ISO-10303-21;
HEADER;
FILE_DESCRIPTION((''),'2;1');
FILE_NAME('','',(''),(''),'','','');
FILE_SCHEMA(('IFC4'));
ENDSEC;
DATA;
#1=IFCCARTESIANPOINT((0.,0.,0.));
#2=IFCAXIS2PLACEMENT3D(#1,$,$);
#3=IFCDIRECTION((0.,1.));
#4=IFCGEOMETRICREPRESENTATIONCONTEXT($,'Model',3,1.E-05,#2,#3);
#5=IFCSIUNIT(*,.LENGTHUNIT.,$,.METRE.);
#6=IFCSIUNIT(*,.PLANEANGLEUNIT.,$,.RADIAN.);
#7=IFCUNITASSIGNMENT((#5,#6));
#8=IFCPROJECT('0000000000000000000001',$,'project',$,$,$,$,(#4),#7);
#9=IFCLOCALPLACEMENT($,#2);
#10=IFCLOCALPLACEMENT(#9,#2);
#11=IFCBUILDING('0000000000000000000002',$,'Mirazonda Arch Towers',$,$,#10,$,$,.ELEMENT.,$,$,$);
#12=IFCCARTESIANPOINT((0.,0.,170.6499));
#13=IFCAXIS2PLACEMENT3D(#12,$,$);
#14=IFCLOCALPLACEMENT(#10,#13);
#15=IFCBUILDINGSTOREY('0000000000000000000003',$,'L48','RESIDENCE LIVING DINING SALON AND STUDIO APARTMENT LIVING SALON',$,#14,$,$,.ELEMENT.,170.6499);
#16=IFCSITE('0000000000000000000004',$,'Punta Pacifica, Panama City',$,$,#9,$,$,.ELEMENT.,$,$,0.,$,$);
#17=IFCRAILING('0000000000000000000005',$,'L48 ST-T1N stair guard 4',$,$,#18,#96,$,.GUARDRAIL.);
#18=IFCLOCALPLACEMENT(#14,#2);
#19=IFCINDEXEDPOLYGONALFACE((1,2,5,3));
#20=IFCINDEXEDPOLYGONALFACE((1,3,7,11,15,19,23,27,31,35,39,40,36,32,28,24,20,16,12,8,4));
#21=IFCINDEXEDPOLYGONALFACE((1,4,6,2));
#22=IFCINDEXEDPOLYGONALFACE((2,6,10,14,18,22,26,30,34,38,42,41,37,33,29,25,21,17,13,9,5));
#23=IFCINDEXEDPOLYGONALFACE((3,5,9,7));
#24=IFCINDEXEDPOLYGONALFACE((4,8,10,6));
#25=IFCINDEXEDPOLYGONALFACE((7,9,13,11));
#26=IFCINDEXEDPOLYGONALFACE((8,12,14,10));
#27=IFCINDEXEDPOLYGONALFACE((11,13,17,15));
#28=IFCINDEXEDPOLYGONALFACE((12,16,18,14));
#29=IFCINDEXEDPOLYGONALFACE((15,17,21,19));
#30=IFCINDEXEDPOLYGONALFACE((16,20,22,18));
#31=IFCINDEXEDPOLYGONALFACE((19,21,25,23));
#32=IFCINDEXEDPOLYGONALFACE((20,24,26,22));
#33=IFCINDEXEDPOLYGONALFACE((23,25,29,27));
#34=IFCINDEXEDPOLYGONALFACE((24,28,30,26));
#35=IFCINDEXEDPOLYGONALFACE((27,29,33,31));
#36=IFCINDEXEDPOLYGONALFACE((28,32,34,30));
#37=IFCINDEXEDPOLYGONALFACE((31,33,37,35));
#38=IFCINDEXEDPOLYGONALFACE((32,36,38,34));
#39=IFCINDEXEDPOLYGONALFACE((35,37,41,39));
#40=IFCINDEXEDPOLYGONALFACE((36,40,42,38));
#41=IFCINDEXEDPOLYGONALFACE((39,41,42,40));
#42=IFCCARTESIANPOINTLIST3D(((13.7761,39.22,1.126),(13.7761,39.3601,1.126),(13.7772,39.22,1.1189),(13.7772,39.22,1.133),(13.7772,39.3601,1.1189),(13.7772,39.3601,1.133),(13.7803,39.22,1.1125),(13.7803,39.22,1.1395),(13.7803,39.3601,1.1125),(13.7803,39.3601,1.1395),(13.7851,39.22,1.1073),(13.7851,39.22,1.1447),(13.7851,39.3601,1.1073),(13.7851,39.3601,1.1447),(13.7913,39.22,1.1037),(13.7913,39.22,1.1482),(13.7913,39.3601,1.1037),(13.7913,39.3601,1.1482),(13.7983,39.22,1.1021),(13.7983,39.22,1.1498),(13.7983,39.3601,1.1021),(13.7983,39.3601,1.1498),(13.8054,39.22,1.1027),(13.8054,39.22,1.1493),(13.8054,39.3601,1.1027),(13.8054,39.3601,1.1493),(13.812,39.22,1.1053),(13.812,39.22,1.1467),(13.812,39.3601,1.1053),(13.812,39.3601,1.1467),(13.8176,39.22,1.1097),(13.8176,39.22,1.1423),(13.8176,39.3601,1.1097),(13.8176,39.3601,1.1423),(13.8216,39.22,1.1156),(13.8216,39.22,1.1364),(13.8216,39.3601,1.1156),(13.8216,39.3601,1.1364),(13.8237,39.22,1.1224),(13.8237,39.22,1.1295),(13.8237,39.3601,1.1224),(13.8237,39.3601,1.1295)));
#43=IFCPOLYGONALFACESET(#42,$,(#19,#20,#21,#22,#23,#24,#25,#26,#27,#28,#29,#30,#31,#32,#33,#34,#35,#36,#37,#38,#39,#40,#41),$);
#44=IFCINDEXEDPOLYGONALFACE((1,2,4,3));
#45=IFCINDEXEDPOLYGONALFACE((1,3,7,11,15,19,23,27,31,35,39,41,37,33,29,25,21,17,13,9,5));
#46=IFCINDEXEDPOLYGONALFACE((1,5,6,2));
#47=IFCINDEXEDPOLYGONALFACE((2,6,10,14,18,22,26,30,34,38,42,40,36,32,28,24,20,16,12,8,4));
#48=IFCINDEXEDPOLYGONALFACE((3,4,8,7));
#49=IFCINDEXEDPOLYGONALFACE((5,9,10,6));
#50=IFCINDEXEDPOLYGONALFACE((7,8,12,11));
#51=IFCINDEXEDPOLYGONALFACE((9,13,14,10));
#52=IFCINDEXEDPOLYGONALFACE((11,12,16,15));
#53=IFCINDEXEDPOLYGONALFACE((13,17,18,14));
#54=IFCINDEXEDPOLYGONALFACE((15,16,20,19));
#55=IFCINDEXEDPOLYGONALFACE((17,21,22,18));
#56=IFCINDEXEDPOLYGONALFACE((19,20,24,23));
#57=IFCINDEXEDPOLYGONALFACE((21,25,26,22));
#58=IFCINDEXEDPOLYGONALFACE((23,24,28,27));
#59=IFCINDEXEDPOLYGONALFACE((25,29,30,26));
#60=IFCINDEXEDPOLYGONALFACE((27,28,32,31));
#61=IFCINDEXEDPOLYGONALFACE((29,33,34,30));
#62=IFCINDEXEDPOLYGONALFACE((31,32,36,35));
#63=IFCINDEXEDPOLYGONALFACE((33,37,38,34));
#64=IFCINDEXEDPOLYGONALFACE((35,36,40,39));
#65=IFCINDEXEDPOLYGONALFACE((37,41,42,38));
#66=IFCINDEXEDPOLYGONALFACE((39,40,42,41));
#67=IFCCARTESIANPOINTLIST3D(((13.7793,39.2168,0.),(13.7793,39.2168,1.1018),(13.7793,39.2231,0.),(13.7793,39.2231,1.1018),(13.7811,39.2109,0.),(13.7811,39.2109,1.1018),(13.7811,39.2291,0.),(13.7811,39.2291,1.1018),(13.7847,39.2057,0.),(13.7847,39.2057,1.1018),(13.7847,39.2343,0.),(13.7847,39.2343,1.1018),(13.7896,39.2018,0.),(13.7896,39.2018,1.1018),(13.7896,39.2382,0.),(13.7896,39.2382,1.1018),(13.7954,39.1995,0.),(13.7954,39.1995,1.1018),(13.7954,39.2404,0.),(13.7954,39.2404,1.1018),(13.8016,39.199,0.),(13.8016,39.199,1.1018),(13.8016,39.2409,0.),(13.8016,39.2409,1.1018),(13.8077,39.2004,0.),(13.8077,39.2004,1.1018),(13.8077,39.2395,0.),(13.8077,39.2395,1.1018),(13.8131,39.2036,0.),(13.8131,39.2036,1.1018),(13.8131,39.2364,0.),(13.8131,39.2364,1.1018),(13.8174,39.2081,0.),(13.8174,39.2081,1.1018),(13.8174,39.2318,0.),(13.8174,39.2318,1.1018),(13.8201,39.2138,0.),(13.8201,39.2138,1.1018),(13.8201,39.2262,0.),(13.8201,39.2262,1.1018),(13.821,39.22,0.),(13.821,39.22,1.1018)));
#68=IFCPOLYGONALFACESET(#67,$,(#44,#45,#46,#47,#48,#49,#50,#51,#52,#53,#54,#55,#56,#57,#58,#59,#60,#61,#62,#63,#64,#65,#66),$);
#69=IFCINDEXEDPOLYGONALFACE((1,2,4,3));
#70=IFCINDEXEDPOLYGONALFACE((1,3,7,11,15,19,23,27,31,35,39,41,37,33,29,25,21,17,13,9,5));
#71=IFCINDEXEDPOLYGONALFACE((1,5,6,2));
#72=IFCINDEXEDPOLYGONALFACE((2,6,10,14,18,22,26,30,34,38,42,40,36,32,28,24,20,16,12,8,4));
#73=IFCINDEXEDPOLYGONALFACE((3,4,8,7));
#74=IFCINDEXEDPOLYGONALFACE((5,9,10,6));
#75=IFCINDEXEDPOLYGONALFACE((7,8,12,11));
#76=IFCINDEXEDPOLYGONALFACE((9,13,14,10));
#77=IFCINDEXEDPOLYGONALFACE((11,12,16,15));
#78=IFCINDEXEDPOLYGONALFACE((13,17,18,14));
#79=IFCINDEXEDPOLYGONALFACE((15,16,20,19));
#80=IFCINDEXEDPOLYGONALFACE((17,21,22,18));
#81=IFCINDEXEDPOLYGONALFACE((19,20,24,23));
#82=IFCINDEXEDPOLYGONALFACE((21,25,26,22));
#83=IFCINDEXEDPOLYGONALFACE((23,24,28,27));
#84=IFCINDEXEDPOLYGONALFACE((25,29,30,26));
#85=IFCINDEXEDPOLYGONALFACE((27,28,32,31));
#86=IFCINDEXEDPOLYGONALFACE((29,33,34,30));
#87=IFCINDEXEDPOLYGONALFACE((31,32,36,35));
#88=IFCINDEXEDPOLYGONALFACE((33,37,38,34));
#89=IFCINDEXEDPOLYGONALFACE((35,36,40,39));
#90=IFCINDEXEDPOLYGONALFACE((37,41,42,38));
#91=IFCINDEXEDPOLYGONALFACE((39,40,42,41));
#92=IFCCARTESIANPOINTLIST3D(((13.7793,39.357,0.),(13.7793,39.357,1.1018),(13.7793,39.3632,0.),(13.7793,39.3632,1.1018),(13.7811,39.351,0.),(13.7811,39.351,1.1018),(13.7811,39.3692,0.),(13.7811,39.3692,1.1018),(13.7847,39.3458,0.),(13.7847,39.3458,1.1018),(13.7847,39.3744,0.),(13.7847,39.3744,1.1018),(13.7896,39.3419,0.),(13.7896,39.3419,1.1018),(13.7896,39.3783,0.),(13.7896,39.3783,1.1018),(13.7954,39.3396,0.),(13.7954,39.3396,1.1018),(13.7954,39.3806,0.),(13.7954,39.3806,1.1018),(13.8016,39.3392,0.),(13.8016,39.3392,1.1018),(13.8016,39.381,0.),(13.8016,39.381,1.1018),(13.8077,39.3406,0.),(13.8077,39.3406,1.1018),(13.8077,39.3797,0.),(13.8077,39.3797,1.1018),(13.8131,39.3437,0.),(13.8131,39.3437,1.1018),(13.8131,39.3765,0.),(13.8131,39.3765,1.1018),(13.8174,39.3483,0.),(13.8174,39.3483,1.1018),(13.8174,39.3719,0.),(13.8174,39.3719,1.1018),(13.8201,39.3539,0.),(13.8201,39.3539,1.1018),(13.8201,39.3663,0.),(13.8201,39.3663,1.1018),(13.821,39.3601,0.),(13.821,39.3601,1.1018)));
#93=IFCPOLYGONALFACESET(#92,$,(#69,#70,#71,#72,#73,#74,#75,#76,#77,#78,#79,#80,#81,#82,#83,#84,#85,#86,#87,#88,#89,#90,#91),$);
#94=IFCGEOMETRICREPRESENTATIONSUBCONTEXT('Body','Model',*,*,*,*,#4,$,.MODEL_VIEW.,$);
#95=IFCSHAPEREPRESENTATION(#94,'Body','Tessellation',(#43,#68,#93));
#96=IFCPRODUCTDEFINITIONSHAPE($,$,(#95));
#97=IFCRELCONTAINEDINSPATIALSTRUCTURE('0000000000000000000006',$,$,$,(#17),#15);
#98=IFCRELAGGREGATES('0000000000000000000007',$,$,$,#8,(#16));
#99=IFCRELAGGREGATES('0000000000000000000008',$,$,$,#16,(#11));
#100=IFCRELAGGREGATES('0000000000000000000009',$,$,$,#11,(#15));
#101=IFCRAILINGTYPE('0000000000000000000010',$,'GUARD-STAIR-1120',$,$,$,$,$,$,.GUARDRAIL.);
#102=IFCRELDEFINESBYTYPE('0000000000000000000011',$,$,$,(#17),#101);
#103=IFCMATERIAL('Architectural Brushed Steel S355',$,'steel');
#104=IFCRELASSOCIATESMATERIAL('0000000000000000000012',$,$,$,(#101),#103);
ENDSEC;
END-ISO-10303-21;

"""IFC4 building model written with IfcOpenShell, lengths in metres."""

from ifc_helpers import new_model, si_unit, direction, frame, origin, origin_2d, place, context, subcontext, project, spatial, circle, extrude, material, type_object, element, save


model = new_model("IFC4")

# Units and contexts
model_context = context("Model", 3, precision=1e-05, world=origin(), true_north=direction((0.0, 1.0)))
body_context = subcontext(model_context, "Body", "Model", "MODEL_VIEW")
ifc_project = project(units=[si_unit("LENGTHUNIT", "METRE"), si_unit("PLANEANGLEUNIT", "RADIAN")], contexts=[model_context])

# Site, building, storey
site_placement = place(None, origin())
site = spatial("IfcSite", under=ifc_project, at=site_placement, Name="Punta Pacifica, Panama City", CompositionType="ELEMENT", RefElevation=0.0)
building_placement = place(site_placement, origin())
building = spatial("IfcBuilding", under=site, at=building_placement, Name="Mirazonda Arch Towers", CompositionType="ELEMENT")
storey_placement = place(building_placement, frame((0.0, 0.0, 170.6499)))
storey = spatial("IfcBuildingStorey", under=building, at=storey_placement, Name="L48", Description="RESIDENCE LIVING DINING SALON AND STUDIO APARTMENT LIVING SALON", CompositionType="ELEMENT", Elevation=170.6499)

# Shared definitions
ifc_material_1 = material(Name="Architectural Brushed Steel S355", Category="steel")

# Railing
railing_type_1 = type_object("IfcRailingType", Name="GUARD-STAIR-1120", PredefinedType="GUARDRAIL", material=ifc_material_1)
railing_1_placement = place(storey_placement, frame((13.8, 39.22, 0.0)))
element("IfcRailing", 1, at=railing_1_placement, inside=storey, type_object=railing_type_1, Name="L48 ST-T1N stair guard 4", PredefinedType="GUARDRAIL", context=body_context, shape_type="SweptSolid", body=[
    extrude(circle(Radius=0.0239, at=origin_2d()), frame((0.0, 0.0, 1.126), z_axis=(0.0, 1.0, 0.0), x_axis=(-1.0, 0.0, 0.0)), (0.0, 0.0, 1.0), 0.1401),
    extrude(circle(Radius=0.021, at=origin_2d()), origin(), (0.0, 0.0, 1.0), 1.1018),
    extrude(circle(Radius=0.021, at=origin_2d()), frame((0.0, 0.1401, 0.0)), (0.0, 0.0, 1.0), 1.1018),
])

save(model, "model.ifc")
